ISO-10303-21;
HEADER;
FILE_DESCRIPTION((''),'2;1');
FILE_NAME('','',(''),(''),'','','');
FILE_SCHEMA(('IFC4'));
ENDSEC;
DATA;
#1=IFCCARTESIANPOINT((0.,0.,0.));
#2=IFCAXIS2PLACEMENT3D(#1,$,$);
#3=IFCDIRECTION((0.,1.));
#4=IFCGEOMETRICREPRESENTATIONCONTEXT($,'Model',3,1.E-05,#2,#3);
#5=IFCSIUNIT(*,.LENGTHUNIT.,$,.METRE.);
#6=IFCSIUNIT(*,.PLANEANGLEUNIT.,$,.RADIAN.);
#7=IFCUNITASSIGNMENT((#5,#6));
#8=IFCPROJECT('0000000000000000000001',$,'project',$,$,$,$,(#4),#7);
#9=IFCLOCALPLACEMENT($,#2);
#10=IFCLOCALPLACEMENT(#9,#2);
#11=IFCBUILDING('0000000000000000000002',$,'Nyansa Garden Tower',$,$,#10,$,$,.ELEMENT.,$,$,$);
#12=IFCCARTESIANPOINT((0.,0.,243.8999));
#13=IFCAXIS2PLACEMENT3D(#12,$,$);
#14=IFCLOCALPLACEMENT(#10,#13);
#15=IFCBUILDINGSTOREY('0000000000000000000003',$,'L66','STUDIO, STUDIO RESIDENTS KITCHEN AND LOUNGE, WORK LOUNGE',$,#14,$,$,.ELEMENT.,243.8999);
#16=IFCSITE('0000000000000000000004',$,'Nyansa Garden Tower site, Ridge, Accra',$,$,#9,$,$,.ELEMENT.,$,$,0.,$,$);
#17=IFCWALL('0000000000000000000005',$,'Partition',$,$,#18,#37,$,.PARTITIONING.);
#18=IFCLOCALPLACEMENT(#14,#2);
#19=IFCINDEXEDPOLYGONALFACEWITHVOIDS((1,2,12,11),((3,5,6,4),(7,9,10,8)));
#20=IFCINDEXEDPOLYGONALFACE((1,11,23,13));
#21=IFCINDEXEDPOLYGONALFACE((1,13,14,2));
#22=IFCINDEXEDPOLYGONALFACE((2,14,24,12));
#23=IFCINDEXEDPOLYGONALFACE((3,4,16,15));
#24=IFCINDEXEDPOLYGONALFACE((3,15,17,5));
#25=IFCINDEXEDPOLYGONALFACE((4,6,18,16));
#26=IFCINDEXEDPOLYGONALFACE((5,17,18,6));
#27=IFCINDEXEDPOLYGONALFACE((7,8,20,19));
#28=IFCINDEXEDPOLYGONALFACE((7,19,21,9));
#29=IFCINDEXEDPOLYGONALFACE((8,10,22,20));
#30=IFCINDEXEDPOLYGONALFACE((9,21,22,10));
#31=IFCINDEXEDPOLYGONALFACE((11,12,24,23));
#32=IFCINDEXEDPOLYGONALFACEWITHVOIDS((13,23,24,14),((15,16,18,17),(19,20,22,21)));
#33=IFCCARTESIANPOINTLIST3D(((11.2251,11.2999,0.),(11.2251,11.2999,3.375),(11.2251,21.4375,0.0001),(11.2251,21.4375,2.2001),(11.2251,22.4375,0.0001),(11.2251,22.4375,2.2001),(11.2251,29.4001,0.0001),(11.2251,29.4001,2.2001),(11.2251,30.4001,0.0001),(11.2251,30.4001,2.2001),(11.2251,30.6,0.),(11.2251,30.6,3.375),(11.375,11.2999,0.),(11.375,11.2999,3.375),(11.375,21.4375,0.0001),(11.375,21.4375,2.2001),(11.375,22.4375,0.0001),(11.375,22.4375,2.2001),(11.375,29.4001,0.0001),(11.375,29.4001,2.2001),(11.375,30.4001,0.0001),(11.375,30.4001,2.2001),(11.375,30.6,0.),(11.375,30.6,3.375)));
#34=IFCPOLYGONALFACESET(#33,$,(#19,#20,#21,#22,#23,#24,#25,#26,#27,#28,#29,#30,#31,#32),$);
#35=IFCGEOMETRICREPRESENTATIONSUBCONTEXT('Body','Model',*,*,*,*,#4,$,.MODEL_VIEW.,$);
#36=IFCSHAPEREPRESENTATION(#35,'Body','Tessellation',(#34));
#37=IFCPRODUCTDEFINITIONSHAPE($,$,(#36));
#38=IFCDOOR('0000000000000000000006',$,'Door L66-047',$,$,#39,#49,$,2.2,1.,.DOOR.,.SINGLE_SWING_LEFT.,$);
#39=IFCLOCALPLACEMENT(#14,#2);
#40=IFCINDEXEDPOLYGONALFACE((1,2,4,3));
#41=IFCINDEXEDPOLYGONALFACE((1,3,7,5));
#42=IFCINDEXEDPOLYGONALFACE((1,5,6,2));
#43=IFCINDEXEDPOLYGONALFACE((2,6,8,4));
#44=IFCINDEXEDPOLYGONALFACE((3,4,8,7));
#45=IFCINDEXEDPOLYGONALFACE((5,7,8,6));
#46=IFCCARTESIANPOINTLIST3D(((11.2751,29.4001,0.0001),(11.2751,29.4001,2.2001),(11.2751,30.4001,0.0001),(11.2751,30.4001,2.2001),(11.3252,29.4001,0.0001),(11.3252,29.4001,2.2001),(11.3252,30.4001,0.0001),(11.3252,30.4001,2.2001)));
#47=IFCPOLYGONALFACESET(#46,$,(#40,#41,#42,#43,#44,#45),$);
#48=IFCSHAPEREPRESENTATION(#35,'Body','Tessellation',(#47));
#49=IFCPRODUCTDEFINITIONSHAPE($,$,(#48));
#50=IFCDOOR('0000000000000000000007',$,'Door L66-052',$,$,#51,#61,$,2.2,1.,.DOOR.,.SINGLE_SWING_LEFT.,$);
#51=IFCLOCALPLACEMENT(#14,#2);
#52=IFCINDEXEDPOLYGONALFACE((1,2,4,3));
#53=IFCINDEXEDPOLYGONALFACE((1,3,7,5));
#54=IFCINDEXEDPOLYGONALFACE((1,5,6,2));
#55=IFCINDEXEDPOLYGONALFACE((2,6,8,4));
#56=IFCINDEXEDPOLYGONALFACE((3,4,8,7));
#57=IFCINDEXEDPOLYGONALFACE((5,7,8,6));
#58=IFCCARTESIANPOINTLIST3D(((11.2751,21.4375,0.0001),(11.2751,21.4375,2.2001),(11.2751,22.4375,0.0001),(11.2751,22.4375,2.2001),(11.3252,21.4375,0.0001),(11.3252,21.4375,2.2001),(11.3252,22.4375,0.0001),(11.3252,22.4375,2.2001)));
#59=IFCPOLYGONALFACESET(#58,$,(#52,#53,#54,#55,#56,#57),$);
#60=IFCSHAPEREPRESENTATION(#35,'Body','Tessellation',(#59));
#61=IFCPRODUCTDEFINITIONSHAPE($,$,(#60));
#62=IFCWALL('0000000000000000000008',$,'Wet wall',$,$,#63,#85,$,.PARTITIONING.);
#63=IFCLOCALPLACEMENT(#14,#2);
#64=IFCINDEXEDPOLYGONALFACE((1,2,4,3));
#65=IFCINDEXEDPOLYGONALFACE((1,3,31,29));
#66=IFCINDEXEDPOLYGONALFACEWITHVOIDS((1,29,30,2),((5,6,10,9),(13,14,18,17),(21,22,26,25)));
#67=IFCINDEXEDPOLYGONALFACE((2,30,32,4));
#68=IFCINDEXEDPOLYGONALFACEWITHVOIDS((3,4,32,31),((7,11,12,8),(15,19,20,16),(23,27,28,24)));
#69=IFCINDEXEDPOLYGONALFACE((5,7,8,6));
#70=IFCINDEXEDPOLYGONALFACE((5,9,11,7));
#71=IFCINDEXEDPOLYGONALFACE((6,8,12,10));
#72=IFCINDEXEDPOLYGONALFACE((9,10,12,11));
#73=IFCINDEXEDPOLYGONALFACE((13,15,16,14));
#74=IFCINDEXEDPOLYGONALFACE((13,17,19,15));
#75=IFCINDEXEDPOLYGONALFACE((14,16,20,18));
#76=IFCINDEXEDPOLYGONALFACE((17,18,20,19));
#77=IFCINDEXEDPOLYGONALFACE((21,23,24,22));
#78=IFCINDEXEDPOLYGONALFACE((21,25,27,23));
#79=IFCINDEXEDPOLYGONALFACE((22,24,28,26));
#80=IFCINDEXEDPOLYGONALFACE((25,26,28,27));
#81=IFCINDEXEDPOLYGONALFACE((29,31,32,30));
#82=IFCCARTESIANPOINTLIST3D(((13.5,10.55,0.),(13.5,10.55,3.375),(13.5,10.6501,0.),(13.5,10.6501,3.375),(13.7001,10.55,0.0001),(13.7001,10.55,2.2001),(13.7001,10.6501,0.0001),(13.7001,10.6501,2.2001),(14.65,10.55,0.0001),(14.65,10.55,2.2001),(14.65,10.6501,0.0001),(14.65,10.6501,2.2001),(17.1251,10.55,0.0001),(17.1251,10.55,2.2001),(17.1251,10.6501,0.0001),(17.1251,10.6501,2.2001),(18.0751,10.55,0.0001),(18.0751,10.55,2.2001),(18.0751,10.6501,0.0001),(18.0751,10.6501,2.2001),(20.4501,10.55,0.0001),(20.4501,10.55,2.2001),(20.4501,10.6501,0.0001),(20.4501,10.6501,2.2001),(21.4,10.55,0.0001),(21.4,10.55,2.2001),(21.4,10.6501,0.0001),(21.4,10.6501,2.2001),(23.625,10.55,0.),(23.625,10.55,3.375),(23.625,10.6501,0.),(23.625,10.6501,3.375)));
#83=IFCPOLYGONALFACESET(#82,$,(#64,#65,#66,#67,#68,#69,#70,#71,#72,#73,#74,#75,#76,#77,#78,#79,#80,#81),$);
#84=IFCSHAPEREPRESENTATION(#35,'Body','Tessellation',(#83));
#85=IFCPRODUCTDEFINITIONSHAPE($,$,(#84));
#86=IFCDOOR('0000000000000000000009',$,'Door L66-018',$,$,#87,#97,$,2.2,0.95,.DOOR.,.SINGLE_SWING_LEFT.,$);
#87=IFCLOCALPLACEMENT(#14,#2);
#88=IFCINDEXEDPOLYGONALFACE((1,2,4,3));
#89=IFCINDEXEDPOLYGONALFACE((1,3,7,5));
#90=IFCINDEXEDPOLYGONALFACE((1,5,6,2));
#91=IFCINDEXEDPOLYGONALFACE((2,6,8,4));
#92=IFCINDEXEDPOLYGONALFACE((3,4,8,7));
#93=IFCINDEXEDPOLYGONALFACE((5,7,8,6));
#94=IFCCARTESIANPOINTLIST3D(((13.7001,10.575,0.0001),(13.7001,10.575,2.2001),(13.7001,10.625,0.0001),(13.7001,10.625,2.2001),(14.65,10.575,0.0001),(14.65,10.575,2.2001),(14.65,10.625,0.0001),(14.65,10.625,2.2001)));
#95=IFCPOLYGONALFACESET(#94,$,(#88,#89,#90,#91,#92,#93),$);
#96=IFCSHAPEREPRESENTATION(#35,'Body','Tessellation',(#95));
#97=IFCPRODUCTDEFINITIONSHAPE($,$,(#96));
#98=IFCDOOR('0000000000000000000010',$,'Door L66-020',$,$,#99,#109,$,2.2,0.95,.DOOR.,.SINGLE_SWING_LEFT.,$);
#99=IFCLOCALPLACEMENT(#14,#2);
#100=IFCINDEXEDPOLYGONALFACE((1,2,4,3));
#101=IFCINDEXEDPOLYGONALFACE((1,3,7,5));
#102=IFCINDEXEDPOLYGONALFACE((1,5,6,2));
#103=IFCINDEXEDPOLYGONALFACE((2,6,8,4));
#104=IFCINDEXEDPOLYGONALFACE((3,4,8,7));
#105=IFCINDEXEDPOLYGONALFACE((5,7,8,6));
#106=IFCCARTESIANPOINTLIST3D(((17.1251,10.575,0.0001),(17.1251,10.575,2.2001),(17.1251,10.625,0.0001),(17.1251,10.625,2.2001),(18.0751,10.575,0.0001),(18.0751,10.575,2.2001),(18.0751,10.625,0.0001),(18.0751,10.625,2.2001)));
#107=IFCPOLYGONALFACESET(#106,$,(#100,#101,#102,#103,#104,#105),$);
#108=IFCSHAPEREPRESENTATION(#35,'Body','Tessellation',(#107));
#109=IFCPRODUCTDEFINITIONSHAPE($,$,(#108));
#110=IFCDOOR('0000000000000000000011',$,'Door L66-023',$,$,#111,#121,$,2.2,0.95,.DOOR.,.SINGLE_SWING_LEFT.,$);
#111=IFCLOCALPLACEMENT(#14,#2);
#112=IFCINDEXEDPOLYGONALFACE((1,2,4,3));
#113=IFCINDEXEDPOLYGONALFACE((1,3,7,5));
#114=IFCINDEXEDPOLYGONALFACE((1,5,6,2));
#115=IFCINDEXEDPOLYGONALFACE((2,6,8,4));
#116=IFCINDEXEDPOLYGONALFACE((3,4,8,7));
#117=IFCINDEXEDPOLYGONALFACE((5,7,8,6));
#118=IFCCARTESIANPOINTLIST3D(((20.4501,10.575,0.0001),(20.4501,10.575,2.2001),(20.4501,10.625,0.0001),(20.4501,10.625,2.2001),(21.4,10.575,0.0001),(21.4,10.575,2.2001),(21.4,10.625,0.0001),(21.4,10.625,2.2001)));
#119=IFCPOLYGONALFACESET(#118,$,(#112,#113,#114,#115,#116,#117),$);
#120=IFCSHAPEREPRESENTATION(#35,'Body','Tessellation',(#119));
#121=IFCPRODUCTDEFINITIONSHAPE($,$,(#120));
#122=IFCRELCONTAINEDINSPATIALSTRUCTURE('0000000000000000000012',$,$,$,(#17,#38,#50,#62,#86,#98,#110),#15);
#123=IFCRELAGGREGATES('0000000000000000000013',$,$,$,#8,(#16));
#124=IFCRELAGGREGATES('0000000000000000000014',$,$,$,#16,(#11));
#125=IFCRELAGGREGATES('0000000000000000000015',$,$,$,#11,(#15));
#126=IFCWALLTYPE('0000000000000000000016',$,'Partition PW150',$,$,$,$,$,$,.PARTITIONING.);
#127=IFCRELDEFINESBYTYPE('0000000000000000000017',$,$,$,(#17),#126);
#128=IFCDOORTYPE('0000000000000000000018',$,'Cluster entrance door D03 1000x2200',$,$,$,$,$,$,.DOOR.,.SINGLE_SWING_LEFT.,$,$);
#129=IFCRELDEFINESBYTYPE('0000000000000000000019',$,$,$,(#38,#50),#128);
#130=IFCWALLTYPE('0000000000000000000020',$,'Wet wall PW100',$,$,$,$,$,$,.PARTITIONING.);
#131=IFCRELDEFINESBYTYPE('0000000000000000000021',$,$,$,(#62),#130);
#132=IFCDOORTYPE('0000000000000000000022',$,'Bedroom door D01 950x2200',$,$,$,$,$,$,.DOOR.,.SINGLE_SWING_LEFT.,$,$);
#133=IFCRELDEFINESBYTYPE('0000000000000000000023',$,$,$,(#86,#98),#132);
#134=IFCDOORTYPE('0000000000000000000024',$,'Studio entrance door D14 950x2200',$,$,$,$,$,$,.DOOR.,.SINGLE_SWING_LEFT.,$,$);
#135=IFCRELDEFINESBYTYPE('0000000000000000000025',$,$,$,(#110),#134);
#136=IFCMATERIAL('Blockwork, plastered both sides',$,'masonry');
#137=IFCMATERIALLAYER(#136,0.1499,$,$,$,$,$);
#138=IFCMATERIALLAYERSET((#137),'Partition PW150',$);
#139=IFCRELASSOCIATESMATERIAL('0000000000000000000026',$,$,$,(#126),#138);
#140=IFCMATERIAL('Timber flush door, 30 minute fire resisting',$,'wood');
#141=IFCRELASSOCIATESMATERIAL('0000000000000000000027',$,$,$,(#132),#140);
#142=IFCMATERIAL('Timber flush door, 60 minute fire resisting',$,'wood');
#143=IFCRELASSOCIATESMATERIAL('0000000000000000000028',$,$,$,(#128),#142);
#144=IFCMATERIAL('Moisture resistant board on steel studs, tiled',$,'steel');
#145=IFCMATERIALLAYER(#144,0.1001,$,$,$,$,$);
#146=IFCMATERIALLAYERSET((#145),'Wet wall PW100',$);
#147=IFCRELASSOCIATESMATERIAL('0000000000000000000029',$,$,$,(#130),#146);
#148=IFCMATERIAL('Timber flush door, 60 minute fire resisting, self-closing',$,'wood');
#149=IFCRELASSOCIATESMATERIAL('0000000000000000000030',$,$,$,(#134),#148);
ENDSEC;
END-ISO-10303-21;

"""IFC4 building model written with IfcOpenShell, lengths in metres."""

from ifc_helpers import new_model, si_unit, direction, frame, frame_2d, origin, place, context, subcontext, project, spatial, rectangle, extrude, material, layer, layer_set, type_object, element, fill, save


model = new_model("IFC4")

# Units and contexts
model_context = context("Model", 3, precision=1e-05, world=origin(), true_north=direction((0.0, 1.0)))
body_context = subcontext(model_context, "Body", "Model", "MODEL_VIEW")
ifc_project = project(units=[si_unit("LENGTHUNIT", "METRE"), si_unit("PLANEANGLEUNIT", "RADIAN")], contexts=[model_context])

# Site, building, storey
site_placement = place(None, origin())
site = spatial("IfcSite", under=ifc_project, at=site_placement, Name="Nyansa Garden Tower site, Ridge, Accra", CompositionType="ELEMENT", RefElevation=0.0)
building_placement = place(site_placement, origin())
building = spatial("IfcBuilding", under=site, at=building_placement, Name="Nyansa Garden Tower", CompositionType="ELEMENT")
storey_placement = place(building_placement, frame((0.0, 0.0, 243.8999)))
storey = spatial("IfcBuildingStorey", under=building, at=storey_placement, Name="L66", Description="STUDIO, STUDIO RESIDENTS KITCHEN AND LOUNGE, WORK LOUNGE", CompositionType="ELEMENT", Elevation=243.8999)

# Shared definitions
ifc_material_1 = material(Name="Blockwork, plastered both sides", Category="masonry")
ifc_layer_1 = layer(ifc_material_1, 0.1499)
ifc_layer_set_1 = layer_set([ifc_layer_1], Name="Partition PW150")
wall_type_1 = type_object("IfcWallType", Name="Partition PW150", PredefinedType="PARTITIONING", material=ifc_layer_set_1)
ifc_material_2 = material(Name="Timber flush door, 30 minute fire resisting", Category="wood")
door_type_1 = type_object("IfcDoorType", Name="Bedroom door D01 950x2200", OperationType="SINGLE_SWING_LEFT", PredefinedType="DOOR", material=ifc_material_2)

# Walls, openings, doors
wall_1_placement = place(storey_placement, frame((11.3, 11.3, 0.0), z_axis=(0.0, 0.0, 1.0), x_axis=(0.0, 1.0, 0.0)))
wall_1 = element("IfcWall", 1, at=wall_1_placement, inside=storey, type_object=wall_type_1, Name="Partition", PredefinedType="PARTITIONING", context=body_context, shape_type="SweptSolid", body=[
    extrude(rectangle(XDim=19.3, YDim=0.1499, at=frame_2d((9.6499, 0.0))), origin(), (0.0, 0.0, 1.0), 3.375),
])
opening_1_placement = place(wall_1_placement, frame((18.1001, 0.0, 0.0)))
opening_1 = element("IfcOpeningElement", 2, at=opening_1_placement, cuts=wall_1, PredefinedType="OPENING", context=body_context, shape_type="SweptSolid", body=[
    extrude(rectangle(XDim=1.0, YDim=2.2, at=frame_2d((0.5, 1.1001))), frame((0.0, 0.085, 0.0), z_axis=(0.0, -1.0, 0.0), x_axis=(1.0, 0.0, 0.0)), (0.0, 0.0, 1.0), 0.1699),
])
opening_2_placement = place(wall_1_placement, frame((10.1375, 0.0, 0.0)))
opening_2 = element("IfcOpeningElement", 3, at=opening_2_placement, cuts=wall_1, PredefinedType="OPENING", context=body_context, shape_type="SweptSolid", body=[
    extrude(rectangle(XDim=1.0, YDim=2.2, at=frame_2d((0.5, 1.1001))), frame((0.0, 0.085, 0.0), z_axis=(0.0, -1.0, 0.0), x_axis=(1.0, 0.0, 0.0)), (0.0, 0.0, 1.0), 0.1699),
])
ifc_material_3 = material(Name="Timber flush door, 60 minute fire resisting", Category="wood")
door_type_2 = type_object("IfcDoorType", Name="Cluster entrance door D03 1000x2200", OperationType="SINGLE_SWING_LEFT", PredefinedType="DOOR", material=ifc_material_3)
door_1_placement = place(opening_1_placement, origin())
door_1 = element("IfcDoor", 4, at=door_1_placement, inside=storey, type_object=door_type_2, Name="Door L66-047", OperationType="SINGLE_SWING_LEFT", OverallHeight=2.2, OverallWidth=1.0, PredefinedType="DOOR", context=body_context, shape_type="SweptSolid", body=[
    extrude(rectangle(XDim=1.0, YDim=2.2, at=frame_2d((0.5, 1.1001))), frame((0.0, 0.0249, 0.0), z_axis=(0.0, -1.0, 0.0), x_axis=(1.0, 0.0, 0.0)), (0.0, 0.0, 1.0), 0.05),
])
fill(opening_1, door_1)
door_2_placement = place(opening_2_placement, origin())
door_2 = element("IfcDoor", 5, at=door_2_placement, inside=storey, type_object=door_type_2, Name="Door L66-052", OperationType="SINGLE_SWING_LEFT", OverallHeight=2.2, OverallWidth=1.0, PredefinedType="DOOR", context=body_context, shape_type="SweptSolid", body=[
    extrude(rectangle(XDim=1.0, YDim=2.2, at=frame_2d((0.5, 1.1001))), frame((0.0, 0.0249, 0.0), z_axis=(0.0, -1.0, 0.0), x_axis=(1.0, 0.0, 0.0)), (0.0, 0.0, 1.0), 0.05),
])
fill(opening_2, door_2)
ifc_material_4 = material(Name="Moisture resistant board on steel studs, tiled", Category="steel")
ifc_layer_2 = layer(ifc_material_4, 0.1001)
ifc_layer_set_2 = layer_set([ifc_layer_2], Name="Wet wall PW100")
wall_type_2 = type_object("IfcWallType", Name="Wet wall PW100", PredefinedType="PARTITIONING", material=ifc_layer_set_2)
wall_2_placement = place(storey_placement, frame((13.5, 10.6001, 0.0), z_axis=(0.0, 0.0, 1.0), x_axis=(1.0, 0.0, 0.0)))
wall_2 = element("IfcWall", 6, at=wall_2_placement, inside=storey, type_object=wall_type_2, Name="Wet wall", PredefinedType="PARTITIONING", context=body_context, shape_type="SweptSolid", body=[
    extrude(rectangle(XDim=10.125, YDim=0.1001, at=frame_2d((5.0625, 0.0))), origin(), (0.0, 0.0, 1.0), 3.375),
])
opening_3_placement = place(wall_2_placement, frame((0.2, 0.0, 0.0)))
opening_3 = element("IfcOpeningElement", 7, at=opening_3_placement, cuts=wall_2, PredefinedType="OPENING", context=body_context, shape_type="SweptSolid", body=[
    extrude(rectangle(XDim=0.95, YDim=2.2, at=frame_2d((0.4751, 1.1001))), frame((0.0, 0.0601, 0.0), z_axis=(0.0, -1.0, 0.0), x_axis=(1.0, 0.0, 0.0)), (0.0, 0.0, 1.0), 0.1201),
])
opening_4_placement = place(wall_2_placement, frame((3.625, 0.0, 0.0)))
opening_4 = element("IfcOpeningElement", 8, at=opening_4_placement, cuts=wall_2, PredefinedType="OPENING", context=body_context, shape_type="SweptSolid", body=[
    extrude(rectangle(XDim=0.95, YDim=2.2, at=frame_2d((0.4751, 1.1001))), frame((0.0, 0.0601, 0.0), z_axis=(0.0, -1.0, 0.0), x_axis=(1.0, 0.0, 0.0)), (0.0, 0.0, 1.0), 0.1201),
])
opening_5_placement = place(wall_2_placement, frame((6.95, 0.0, 0.0)))
opening_5 = element("IfcOpeningElement", 9, at=opening_5_placement, cuts=wall_2, PredefinedType="OPENING", context=body_context, shape_type="SweptSolid", body=[
    extrude(rectangle(XDim=0.95, YDim=2.2, at=frame_2d((0.4751, 1.1001))), frame((0.0, 0.0601, 0.0), z_axis=(0.0, -1.0, 0.0), x_axis=(1.0, 0.0, 0.0)), (0.0, 0.0, 1.0), 0.1201),
])
door_3_placement = place(opening_3_placement, origin())
door_3 = element("IfcDoor", 10, at=door_3_placement, inside=storey, type_object=door_type_1, Name="Door L66-018", OperationType="SINGLE_SWING_LEFT", OverallHeight=2.2, OverallWidth=0.95, PredefinedType="DOOR", context=body_context, shape_type="SweptSolid", body=[
    extrude(rectangle(XDim=0.95, YDim=2.2, at=frame_2d((0.4751, 1.1001))), frame((0.0, 0.0249, 0.0), z_axis=(0.0, -1.0, 0.0), x_axis=(1.0, 0.0, 0.0)), (0.0, 0.0, 1.0), 0.05),
])
fill(opening_3, door_3)
door_4_placement = place(opening_4_placement, origin())
door_4 = element("IfcDoor", 11, at=door_4_placement, inside=storey, type_object=door_type_1, Name="Door L66-020", OperationType="SINGLE_SWING_LEFT", OverallHeight=2.2, OverallWidth=0.95, PredefinedType="DOOR", context=body_context, shape_type="SweptSolid", body=[
    extrude(rectangle(XDim=0.95, YDim=2.2, at=frame_2d((0.4751, 1.1001))), frame((0.0, 0.0249, 0.0), z_axis=(0.0, -1.0, 0.0), x_axis=(1.0, 0.0, 0.0)), (0.0, 0.0, 1.0), 0.05),
])
fill(opening_4, door_4)
ifc_material_5 = material(Name="Timber flush door, 60 minute fire resisting, self-closing", Category="wood")
door_type_3 = type_object("IfcDoorType", Name="Studio entrance door D14 950x2200", OperationType="SINGLE_SWING_LEFT", PredefinedType="DOOR", material=ifc_material_5)
door_5_placement = place(opening_5_placement, origin())
door_5 = element("IfcDoor", 12, at=door_5_placement, inside=storey, type_object=door_type_3, Name="Door L66-023", OperationType="SINGLE_SWING_LEFT", OverallHeight=2.2, OverallWidth=0.95, PredefinedType="DOOR", context=body_context, shape_type="SweptSolid", body=[
    extrude(rectangle(XDim=0.95, YDim=2.2, at=frame_2d((0.4751, 1.1001))), frame((0.0, 0.0249, 0.0), z_axis=(0.0, -1.0, 0.0), x_axis=(1.0, 0.0, 0.0)), (0.0, 0.0, 1.0), 0.05),
])
fill(opening_5, door_5)

save(model, "model.ifc")
